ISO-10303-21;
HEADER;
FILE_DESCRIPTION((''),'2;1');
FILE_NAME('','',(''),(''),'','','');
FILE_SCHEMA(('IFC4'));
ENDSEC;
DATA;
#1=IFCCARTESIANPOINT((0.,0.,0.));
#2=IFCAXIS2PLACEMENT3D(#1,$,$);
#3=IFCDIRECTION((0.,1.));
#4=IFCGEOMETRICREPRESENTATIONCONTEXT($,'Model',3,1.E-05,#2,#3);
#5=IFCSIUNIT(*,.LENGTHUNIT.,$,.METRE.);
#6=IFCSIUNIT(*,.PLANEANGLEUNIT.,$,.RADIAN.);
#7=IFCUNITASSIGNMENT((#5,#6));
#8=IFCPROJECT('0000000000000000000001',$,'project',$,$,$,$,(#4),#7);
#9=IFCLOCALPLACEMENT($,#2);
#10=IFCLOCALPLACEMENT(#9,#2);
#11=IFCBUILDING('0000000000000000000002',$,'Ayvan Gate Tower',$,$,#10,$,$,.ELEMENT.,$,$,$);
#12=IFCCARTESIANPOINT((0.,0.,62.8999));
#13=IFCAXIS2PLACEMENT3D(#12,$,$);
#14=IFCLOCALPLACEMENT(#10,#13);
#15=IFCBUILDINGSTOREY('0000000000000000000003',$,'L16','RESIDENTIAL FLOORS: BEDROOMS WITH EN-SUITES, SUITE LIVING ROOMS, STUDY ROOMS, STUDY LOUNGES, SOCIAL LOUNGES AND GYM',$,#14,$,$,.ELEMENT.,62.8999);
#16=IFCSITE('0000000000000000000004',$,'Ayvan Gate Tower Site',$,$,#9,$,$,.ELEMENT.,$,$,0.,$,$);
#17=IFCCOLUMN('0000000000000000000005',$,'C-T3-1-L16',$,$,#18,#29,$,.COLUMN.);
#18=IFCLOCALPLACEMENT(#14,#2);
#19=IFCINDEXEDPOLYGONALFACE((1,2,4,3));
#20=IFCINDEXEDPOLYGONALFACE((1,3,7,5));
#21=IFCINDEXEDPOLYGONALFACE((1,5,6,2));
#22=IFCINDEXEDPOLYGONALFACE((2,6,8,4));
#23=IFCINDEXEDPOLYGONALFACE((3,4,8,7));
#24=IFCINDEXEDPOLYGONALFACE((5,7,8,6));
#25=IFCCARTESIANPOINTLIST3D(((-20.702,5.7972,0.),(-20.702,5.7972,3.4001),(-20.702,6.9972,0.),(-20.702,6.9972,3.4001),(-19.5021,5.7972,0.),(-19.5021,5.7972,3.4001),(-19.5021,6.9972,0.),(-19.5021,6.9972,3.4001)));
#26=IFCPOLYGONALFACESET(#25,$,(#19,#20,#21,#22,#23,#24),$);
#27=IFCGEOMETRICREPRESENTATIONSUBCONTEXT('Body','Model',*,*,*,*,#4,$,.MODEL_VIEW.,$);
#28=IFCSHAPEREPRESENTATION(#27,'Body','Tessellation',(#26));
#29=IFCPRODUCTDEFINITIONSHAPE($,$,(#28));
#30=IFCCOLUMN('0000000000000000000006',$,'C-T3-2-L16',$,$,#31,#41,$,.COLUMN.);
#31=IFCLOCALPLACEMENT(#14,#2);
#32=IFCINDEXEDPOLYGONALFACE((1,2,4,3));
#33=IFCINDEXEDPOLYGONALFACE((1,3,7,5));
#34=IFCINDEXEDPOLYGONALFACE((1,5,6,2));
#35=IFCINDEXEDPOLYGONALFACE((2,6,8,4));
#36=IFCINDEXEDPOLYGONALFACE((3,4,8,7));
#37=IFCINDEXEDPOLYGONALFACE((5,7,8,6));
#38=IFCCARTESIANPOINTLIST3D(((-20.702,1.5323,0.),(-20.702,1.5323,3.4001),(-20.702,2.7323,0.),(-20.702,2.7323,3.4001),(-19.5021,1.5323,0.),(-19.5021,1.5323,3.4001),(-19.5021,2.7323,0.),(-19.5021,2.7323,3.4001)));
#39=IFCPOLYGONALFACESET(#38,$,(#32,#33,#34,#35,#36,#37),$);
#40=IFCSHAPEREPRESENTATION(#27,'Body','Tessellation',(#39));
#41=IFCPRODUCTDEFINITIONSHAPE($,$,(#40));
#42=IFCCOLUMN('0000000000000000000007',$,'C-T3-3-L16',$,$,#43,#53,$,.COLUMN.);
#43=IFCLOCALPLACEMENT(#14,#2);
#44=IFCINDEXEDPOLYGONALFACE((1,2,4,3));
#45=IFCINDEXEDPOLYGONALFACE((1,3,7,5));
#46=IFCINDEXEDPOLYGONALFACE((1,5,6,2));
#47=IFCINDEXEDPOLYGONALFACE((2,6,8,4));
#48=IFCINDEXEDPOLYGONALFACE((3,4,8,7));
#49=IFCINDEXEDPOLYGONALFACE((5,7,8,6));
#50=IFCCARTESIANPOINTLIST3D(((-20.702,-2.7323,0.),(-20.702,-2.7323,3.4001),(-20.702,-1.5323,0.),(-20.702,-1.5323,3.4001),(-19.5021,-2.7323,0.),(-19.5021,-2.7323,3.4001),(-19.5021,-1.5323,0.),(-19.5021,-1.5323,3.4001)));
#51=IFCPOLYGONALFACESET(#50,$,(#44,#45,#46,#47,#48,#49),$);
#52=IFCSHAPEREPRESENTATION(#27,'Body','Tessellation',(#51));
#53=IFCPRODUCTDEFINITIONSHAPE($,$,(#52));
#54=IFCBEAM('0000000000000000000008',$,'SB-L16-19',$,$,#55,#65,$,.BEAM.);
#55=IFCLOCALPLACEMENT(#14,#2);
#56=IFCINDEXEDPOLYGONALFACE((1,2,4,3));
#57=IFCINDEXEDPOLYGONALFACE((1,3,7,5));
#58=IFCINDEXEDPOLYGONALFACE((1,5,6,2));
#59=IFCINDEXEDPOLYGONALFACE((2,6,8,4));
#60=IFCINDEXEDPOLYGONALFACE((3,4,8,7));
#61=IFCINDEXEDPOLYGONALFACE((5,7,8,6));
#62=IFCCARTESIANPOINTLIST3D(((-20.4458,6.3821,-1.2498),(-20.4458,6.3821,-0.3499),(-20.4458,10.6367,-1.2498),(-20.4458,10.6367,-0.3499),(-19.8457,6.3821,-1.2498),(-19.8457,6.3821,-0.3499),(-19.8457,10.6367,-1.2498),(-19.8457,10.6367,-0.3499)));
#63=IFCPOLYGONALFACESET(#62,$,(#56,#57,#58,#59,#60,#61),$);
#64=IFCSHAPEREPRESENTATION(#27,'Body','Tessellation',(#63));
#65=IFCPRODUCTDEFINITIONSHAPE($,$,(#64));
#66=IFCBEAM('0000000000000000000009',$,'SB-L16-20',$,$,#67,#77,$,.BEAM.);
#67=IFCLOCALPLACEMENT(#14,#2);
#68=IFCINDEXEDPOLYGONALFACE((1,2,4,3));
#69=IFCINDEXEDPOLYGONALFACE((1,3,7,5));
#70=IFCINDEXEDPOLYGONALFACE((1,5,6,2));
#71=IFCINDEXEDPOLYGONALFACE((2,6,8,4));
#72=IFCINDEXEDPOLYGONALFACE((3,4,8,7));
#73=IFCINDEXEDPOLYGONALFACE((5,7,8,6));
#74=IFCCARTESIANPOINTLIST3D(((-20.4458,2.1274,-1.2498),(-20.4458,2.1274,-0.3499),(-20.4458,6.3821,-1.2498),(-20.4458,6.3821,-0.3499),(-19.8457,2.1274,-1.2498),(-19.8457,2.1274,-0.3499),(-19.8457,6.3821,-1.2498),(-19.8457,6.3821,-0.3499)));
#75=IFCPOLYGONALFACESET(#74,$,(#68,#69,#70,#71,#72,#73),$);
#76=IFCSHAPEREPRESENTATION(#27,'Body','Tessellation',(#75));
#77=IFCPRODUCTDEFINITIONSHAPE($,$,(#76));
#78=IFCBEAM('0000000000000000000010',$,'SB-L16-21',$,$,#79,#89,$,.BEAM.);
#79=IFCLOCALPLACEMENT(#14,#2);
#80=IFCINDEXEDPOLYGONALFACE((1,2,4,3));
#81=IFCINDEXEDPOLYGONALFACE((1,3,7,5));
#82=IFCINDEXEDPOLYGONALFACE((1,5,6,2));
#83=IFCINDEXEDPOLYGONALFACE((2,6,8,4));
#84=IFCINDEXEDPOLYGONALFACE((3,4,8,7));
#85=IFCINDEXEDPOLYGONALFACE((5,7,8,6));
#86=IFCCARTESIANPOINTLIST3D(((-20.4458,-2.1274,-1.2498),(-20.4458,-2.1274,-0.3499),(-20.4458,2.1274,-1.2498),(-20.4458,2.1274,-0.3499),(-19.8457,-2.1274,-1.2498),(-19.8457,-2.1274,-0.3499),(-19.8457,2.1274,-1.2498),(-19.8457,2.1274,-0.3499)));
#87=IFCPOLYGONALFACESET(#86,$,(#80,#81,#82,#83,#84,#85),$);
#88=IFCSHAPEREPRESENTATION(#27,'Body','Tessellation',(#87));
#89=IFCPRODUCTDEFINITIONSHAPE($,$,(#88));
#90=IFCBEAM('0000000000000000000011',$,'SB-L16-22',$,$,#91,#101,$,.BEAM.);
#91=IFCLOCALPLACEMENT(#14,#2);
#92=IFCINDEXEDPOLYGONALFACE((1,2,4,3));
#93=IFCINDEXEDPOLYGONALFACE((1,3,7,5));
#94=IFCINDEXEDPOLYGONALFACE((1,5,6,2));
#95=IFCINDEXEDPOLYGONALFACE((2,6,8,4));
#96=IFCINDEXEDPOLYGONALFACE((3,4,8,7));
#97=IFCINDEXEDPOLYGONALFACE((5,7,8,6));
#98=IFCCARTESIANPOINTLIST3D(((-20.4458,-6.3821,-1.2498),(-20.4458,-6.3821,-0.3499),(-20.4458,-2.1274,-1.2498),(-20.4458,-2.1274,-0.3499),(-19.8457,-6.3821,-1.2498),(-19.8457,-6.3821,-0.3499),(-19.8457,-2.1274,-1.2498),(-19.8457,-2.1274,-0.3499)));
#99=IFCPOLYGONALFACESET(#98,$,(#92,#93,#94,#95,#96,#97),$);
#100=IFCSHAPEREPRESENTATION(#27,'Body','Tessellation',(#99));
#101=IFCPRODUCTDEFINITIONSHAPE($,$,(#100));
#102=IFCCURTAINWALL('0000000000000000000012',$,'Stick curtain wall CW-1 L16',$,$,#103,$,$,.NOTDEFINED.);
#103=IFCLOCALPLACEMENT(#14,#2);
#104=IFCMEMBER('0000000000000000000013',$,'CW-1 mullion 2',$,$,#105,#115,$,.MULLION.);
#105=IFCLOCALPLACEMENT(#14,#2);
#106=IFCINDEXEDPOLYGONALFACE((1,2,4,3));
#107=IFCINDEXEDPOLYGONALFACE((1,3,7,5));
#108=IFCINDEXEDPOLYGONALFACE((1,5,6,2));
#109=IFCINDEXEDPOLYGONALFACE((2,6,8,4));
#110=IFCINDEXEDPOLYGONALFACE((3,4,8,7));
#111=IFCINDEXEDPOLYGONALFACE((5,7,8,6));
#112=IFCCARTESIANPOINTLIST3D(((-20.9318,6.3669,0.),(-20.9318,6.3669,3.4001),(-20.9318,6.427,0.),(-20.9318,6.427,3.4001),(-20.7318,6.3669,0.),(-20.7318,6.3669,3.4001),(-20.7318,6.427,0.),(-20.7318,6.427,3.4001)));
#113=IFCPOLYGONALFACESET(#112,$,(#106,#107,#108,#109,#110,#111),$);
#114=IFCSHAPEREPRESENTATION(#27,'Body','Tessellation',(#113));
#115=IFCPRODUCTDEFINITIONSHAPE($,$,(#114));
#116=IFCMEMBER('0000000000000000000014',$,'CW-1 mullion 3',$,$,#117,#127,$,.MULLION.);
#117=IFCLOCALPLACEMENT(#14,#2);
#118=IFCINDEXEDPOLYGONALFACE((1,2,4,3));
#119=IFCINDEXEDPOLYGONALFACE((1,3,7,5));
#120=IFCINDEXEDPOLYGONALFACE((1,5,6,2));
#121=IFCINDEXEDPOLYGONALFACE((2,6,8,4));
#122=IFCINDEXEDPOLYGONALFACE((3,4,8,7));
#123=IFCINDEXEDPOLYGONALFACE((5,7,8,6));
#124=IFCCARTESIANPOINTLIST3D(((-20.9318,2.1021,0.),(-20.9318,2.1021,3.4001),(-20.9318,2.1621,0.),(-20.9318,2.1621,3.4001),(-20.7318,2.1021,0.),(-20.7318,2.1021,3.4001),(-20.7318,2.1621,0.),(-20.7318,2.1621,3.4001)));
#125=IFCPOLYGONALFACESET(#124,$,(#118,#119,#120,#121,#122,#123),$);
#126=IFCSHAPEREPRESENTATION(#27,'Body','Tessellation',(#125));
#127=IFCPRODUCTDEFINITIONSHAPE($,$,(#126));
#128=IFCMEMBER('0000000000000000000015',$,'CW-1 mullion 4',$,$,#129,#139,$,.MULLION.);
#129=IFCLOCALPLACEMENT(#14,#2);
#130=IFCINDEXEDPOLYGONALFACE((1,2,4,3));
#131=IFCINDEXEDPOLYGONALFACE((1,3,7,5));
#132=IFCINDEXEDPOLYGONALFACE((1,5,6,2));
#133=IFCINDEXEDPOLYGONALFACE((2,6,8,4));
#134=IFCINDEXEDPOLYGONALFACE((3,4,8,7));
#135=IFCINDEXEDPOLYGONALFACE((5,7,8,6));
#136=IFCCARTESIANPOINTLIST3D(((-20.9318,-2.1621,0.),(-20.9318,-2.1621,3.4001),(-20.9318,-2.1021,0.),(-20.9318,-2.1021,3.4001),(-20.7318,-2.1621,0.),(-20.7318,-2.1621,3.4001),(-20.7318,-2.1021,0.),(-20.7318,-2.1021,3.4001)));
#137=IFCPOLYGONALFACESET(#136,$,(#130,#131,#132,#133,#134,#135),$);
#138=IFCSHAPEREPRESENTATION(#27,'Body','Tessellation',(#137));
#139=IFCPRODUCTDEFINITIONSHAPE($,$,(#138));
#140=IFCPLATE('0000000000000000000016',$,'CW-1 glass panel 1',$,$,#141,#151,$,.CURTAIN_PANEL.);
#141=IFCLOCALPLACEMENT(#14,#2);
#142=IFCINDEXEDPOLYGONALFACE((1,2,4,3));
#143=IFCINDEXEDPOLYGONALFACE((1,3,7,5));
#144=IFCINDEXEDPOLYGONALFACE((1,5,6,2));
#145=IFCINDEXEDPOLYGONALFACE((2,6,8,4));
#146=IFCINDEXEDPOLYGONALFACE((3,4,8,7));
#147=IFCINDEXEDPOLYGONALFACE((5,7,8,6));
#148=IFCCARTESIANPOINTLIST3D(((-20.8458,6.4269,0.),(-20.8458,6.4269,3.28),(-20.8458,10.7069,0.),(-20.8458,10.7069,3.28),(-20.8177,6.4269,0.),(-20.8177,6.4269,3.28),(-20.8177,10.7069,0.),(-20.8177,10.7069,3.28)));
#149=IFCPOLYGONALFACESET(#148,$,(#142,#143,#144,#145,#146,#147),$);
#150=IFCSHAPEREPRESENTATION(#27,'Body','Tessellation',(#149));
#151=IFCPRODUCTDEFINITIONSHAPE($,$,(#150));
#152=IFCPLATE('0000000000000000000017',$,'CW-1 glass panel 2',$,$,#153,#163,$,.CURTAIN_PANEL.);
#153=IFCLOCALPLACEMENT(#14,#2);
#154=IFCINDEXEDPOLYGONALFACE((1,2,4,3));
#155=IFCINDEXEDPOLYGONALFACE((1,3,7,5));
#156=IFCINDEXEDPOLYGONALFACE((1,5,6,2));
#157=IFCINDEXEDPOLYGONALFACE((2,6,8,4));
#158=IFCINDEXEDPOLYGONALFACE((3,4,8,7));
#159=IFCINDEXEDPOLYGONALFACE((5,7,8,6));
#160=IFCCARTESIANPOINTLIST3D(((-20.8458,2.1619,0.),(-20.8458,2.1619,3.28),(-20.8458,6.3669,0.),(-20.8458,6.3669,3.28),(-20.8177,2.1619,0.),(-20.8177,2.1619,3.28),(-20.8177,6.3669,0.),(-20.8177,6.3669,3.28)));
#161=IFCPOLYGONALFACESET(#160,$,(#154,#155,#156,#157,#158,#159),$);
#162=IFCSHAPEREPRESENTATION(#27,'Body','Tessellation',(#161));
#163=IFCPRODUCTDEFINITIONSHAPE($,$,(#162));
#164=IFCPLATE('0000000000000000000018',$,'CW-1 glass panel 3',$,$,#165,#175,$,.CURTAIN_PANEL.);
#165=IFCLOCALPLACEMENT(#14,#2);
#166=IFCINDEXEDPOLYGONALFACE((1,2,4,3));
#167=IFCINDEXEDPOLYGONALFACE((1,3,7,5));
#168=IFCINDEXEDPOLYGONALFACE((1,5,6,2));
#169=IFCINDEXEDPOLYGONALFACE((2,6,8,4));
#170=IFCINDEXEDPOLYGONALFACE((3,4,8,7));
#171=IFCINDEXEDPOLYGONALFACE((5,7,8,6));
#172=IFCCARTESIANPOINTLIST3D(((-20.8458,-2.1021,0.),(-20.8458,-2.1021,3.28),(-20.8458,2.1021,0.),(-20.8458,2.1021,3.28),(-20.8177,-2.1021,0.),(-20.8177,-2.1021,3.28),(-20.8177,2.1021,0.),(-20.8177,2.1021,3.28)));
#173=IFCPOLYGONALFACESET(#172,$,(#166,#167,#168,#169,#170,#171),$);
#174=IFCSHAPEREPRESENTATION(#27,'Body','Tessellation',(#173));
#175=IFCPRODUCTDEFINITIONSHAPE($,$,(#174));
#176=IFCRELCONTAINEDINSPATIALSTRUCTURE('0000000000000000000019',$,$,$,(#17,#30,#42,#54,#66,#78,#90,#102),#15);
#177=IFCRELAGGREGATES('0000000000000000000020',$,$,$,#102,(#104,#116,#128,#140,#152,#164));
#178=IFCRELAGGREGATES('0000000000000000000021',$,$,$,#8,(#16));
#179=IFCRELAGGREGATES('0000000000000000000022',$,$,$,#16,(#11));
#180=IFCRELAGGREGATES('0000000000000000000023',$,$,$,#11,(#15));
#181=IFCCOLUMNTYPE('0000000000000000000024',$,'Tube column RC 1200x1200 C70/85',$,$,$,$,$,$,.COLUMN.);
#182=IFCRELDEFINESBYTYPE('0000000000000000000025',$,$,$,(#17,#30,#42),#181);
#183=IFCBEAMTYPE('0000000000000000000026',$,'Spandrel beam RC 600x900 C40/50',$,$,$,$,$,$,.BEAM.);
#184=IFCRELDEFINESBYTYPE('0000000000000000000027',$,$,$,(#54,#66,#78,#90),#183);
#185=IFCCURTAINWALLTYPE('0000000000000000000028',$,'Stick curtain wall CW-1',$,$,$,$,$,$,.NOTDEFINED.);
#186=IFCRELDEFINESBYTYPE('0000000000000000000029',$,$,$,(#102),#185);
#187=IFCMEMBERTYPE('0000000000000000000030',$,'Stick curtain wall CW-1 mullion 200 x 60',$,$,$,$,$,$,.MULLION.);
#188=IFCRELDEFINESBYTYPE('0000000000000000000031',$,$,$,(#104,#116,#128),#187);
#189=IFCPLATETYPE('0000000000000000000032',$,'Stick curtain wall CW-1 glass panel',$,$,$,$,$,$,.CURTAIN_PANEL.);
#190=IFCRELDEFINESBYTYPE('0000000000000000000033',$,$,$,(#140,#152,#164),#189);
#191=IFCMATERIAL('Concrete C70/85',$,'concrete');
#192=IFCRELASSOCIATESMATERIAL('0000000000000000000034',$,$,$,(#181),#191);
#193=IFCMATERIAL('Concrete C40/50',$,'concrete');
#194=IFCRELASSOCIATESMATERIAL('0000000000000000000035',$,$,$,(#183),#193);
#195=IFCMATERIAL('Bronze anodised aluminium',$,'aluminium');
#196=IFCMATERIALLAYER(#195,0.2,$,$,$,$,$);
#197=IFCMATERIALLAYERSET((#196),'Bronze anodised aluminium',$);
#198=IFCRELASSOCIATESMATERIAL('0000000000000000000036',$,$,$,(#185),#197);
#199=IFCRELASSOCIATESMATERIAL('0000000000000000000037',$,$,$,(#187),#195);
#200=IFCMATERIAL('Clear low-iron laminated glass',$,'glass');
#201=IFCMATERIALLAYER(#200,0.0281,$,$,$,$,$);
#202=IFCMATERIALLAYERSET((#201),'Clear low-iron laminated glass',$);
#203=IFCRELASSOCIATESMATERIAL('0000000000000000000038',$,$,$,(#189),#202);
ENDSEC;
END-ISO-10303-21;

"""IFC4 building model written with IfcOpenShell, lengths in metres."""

from ifc_helpers import new_model, si_unit, direction, frame, origin, origin_2d, place, context, subcontext, project, spatial, rectangle, extrude, material, layer, layer_set, material_profile, profile_set, type_object, element, aggregate, save


model = new_model("IFC4")

# Units and contexts
model_context = context("Model", 3, precision=1e-05, world=origin(), true_north=direction((0.0, 1.0)))
body_context = subcontext(model_context, "Body", "Model", "MODEL_VIEW")
ifc_project = project(units=[si_unit("LENGTHUNIT", "METRE"), si_unit("PLANEANGLEUNIT", "RADIAN")], contexts=[model_context])

# Site, building, storey
site_placement = place(None, origin())
site = spatial("IfcSite", under=ifc_project, at=site_placement, Name="Ayvan Gate Tower Site", CompositionType="ELEMENT", RefElevation=0.0)
building_placement = place(site_placement, origin())
building = spatial("IfcBuilding", under=site, at=building_placement, Name="Ayvan Gate Tower", CompositionType="ELEMENT")
storey_placement = place(building_placement, frame((0.0, 0.0, 62.8999)))
storey = spatial("IfcBuildingStorey", under=building, at=storey_placement, Name="L16", Description="RESIDENTIAL FLOORS: BEDROOMS WITH EN-SUITES, SUITE LIVING ROOMS, STUDY ROOMS, STUDY LOUNGES, SOCIAL LOUNGES AND GYM", CompositionType="ELEMENT", Elevation=62.8999)

# Columns
ifc_material_1 = material(Name="Concrete C70/85", Category="concrete")
ifc_material_profile_1 = material_profile(ifc_material_1, rectangle(XDim=1.2, YDim=1.2, at=origin_2d()), Name="RC 1200x1200")
ifc_profile_set_1 = profile_set([ifc_material_profile_1], Name="Concrete C70/85")
column_type = type_object("IfcColumnType", Name="Tube column RC 1200x1200 C70/85", PredefinedType="COLUMN", material=ifc_profile_set_1)
for number, where, z_axis, x_axis, name in (
    (1, (-20.1021, 6.3972, 0.0), (0.0, 0.0, 1.0), (-1.0, 0.0, 0.0), "C-T3-1-L16"),
    (2, (-20.1021, 2.1323, 0.0), (0.0, 0.0, 1.0), (-1.0, 0.0, 0.0), "C-T3-2-L16"),
    (3, (-20.1021, -2.1323, 0.0), (0.0, 0.0, 1.0), (-1.0, 0.0, 0.0), "C-T3-3-L16"),
):
    element("IfcColumn", number, at=place(storey_placement, frame(where, z_axis=z_axis, x_axis=x_axis)), inside=storey, type_object=column_type, Name=name, PredefinedType="COLUMN", context=body_context, shape_type="SweptSolid", body=[
        extrude(rectangle(XDim=1.2, YDim=1.2, at=origin_2d()), origin(), (0.0, 0.0, 1.0), 3.4001),
    ])

# Beams
ifc_material_2 = material(Name="Concrete C40/50", Category="concrete")
ifc_material_profile_2 = material_profile(ifc_material_2, rectangle(XDim=0.6001, YDim=0.8999, at=origin_2d()), Name="RC 600x900")
ifc_profile_set_2 = profile_set([ifc_material_profile_2], Name="Concrete C40/50")
beam_type = type_object("IfcBeamType", Name="Spandrel beam RC 600x900 C40/50", PredefinedType="BEAM", material=ifc_profile_set_2)
for number, where, z_axis, x_axis, name in (
    (4, (-20.1458, 10.6367, -0.7998), (0.0, -1.0, 0.0), (1.0, 0.0, 0.0), "SB-L16-19"),
    (5, (-20.1458, 6.3821, -0.7998), (0.0, -1.0, 0.0), (1.0, 0.0, 0.0), "SB-L16-20"),
):
    element("IfcBeam", number, at=place(storey_placement, frame(where, z_axis=z_axis, x_axis=x_axis)), inside=storey, type_object=beam_type, Name=name, PredefinedType="BEAM", context=body_context, shape_type="SweptSolid", body=[
        extrude(rectangle(XDim=0.6001, YDim=0.8999, at=origin_2d()), origin(), (0.0, 0.0, 1.0), 4.2546),
    ])
beam_1_placement = place(storey_placement, frame((-20.1458, 2.1274, -0.7998), z_axis=(0.0, -1.0, 0.0), x_axis=(1.0, 0.0, 0.0)))
element("IfcBeam", 6, at=beam_1_placement, inside=storey, type_object=beam_type, Name="SB-L16-21", PredefinedType="BEAM", context=body_context, shape_type="SweptSolid", body=[
    extrude(rectangle(XDim=0.6001, YDim=0.8999, at=origin_2d()), origin(), (0.0, 0.0, 1.0), 4.2549),
])
beam_2_placement = place(storey_placement, frame((-20.1458, -2.1274, -0.7998), z_axis=(0.0, -1.0, 0.0), x_axis=(1.0, 0.0, 0.0)))
element("IfcBeam", 7, at=beam_2_placement, inside=storey, type_object=beam_type, Name="SB-L16-22", PredefinedType="BEAM", context=body_context, shape_type="SweptSolid", body=[
    extrude(rectangle(XDim=0.6001, YDim=0.8999, at=origin_2d()), origin(), (0.0, 0.0, 1.0), 4.2546),
])

# Curtain wall, members, plates
ifc_material_3 = material(Name="Bronze anodised aluminium", Category="aluminium")
ifc_layer_1 = layer(ifc_material_3, 0.2)
ifc_layer_set_1 = layer_set([ifc_layer_1], Name="Bronze anodised aluminium")
curtain_wall_type = type_object("IfcCurtainWallType", Name="Stick curtain wall CW-1", PredefinedType="NOTDEFINED", material=ifc_layer_set_1)
curtain_wall_placement = place(storey_placement, origin())
curtain_wall = element("IfcCurtainWall", 8, at=curtain_wall_placement, inside=storey, type_object=curtain_wall_type, Name="Stick curtain wall CW-1 L16", PredefinedType="NOTDEFINED")
ifc_material_profile_3 = material_profile(ifc_material_3, rectangle(XDim=0.2, YDim=0.0601, at=origin_2d()), Name="Stick curtain wall CW-1 mullion 200 x 60")
ifc_profile_set_3 = profile_set([ifc_material_profile_3], Name="Bronze anodised aluminium")
member_type = type_object("IfcMemberType", Name="Stick curtain wall CW-1 mullion 200 x 60", PredefinedType="MULLION", material=ifc_profile_set_3)
member_1_placement = place(storey_placement, frame((-20.8318, 6.397, 0.0), z_axis=(0.0, 0.0, 1.0), x_axis=(-1.0, 0.0, 0.0)))
member_1 = element("IfcMember", 9, at=member_1_placement, type_object=member_type, Name="CW-1 mullion 2", PredefinedType="MULLION", context=body_context, shape_type="SweptSolid", body=[
    extrude(rectangle(XDim=0.2, YDim=0.0601, at=origin_2d()), origin(), (0.0, 0.0, 1.0), 3.4001),
])
member_2_placement = place(storey_placement, frame((-20.8318, 2.1321, 0.0), z_axis=(0.0, 0.0, 1.0), x_axis=(-1.0, 0.0, 0.0)))
member_2 = element("IfcMember", 10, at=member_2_placement, type_object=member_type, Name="CW-1 mullion 3", PredefinedType="MULLION", context=body_context, shape_type="SweptSolid", body=[
    extrude(rectangle(XDim=0.2, YDim=0.0601, at=origin_2d()), origin(), (0.0, 0.0, 1.0), 3.4001),
])
member_3_placement = place(storey_placement, frame((-20.8318, -2.1321, 0.0), z_axis=(0.0, 0.0, 1.0), x_axis=(-1.0, 0.0, 0.0)))
member_3 = element("IfcMember", 11, at=member_3_placement, type_object=member_type, Name="CW-1 mullion 4", PredefinedType="MULLION", context=body_context, shape_type="SweptSolid", body=[
    extrude(rectangle(XDim=0.2, YDim=0.0601, at=origin_2d()), origin(), (0.0, 0.0, 1.0), 3.4001),
])
ifc_material_4 = material(Name="Clear low-iron laminated glass", Category="glass")
ifc_layer_2 = layer(ifc_material_4, 0.0281)
ifc_layer_set_2 = layer_set([ifc_layer_2], Name="Clear low-iron laminated glass")
plate_type = type_object("IfcPlateType", Name="Stick curtain wall CW-1 glass panel", PredefinedType="CURTAIN_PANEL", material=ifc_layer_set_2)
plate_1_placement = place(storey_placement, frame((-20.8318, 8.5669, 0.0), z_axis=(0.0, 0.0, 1.0), x_axis=(0.0, -1.0, 0.0)))
plate_1 = element("IfcPlate", 12, at=plate_1_placement, type_object=plate_type, Name="CW-1 glass panel 1", PredefinedType="CURTAIN_PANEL", context=body_context, shape_type="SweptSolid", body=[
    extrude(rectangle(XDim=4.28, YDim=0.0281, at=origin_2d()), origin(), (0.0, 0.0, 1.0), 3.28),
])
plate_2_placement = place(storey_placement, frame((-20.8318, 4.2644, 0.0), z_axis=(0.0, 0.0, 1.0), x_axis=(0.0, -1.0, 0.0)))
plate_2 = element("IfcPlate", 13, at=plate_2_placement, type_object=plate_type, Name="CW-1 glass panel 2", PredefinedType="CURTAIN_PANEL", context=body_context, shape_type="SweptSolid", body=[
    extrude(rectangle(XDim=4.2051, YDim=0.0281, at=origin_2d()), origin(), (0.0, 0.0, 1.0), 3.28),
])
plate_3_placement = place(storey_placement, frame((-20.8318, 0.0, 0.0), z_axis=(0.0, 0.0, 1.0), x_axis=(0.0, -1.0, 0.0)))
plate_3 = element("IfcPlate", 14, at=plate_3_placement, type_object=plate_type, Name="CW-1 glass panel 3", PredefinedType="CURTAIN_PANEL", context=body_context, shape_type="SweptSolid", body=[
    extrude(rectangle(XDim=4.2041, YDim=0.0281, at=origin_2d()), origin(), (0.0, 0.0, 1.0), 3.28),
])
aggregate(curtain_wall, [member_1, member_2, member_3, plate_1, plate_2, plate_3])

save(model, "model.ifc")
